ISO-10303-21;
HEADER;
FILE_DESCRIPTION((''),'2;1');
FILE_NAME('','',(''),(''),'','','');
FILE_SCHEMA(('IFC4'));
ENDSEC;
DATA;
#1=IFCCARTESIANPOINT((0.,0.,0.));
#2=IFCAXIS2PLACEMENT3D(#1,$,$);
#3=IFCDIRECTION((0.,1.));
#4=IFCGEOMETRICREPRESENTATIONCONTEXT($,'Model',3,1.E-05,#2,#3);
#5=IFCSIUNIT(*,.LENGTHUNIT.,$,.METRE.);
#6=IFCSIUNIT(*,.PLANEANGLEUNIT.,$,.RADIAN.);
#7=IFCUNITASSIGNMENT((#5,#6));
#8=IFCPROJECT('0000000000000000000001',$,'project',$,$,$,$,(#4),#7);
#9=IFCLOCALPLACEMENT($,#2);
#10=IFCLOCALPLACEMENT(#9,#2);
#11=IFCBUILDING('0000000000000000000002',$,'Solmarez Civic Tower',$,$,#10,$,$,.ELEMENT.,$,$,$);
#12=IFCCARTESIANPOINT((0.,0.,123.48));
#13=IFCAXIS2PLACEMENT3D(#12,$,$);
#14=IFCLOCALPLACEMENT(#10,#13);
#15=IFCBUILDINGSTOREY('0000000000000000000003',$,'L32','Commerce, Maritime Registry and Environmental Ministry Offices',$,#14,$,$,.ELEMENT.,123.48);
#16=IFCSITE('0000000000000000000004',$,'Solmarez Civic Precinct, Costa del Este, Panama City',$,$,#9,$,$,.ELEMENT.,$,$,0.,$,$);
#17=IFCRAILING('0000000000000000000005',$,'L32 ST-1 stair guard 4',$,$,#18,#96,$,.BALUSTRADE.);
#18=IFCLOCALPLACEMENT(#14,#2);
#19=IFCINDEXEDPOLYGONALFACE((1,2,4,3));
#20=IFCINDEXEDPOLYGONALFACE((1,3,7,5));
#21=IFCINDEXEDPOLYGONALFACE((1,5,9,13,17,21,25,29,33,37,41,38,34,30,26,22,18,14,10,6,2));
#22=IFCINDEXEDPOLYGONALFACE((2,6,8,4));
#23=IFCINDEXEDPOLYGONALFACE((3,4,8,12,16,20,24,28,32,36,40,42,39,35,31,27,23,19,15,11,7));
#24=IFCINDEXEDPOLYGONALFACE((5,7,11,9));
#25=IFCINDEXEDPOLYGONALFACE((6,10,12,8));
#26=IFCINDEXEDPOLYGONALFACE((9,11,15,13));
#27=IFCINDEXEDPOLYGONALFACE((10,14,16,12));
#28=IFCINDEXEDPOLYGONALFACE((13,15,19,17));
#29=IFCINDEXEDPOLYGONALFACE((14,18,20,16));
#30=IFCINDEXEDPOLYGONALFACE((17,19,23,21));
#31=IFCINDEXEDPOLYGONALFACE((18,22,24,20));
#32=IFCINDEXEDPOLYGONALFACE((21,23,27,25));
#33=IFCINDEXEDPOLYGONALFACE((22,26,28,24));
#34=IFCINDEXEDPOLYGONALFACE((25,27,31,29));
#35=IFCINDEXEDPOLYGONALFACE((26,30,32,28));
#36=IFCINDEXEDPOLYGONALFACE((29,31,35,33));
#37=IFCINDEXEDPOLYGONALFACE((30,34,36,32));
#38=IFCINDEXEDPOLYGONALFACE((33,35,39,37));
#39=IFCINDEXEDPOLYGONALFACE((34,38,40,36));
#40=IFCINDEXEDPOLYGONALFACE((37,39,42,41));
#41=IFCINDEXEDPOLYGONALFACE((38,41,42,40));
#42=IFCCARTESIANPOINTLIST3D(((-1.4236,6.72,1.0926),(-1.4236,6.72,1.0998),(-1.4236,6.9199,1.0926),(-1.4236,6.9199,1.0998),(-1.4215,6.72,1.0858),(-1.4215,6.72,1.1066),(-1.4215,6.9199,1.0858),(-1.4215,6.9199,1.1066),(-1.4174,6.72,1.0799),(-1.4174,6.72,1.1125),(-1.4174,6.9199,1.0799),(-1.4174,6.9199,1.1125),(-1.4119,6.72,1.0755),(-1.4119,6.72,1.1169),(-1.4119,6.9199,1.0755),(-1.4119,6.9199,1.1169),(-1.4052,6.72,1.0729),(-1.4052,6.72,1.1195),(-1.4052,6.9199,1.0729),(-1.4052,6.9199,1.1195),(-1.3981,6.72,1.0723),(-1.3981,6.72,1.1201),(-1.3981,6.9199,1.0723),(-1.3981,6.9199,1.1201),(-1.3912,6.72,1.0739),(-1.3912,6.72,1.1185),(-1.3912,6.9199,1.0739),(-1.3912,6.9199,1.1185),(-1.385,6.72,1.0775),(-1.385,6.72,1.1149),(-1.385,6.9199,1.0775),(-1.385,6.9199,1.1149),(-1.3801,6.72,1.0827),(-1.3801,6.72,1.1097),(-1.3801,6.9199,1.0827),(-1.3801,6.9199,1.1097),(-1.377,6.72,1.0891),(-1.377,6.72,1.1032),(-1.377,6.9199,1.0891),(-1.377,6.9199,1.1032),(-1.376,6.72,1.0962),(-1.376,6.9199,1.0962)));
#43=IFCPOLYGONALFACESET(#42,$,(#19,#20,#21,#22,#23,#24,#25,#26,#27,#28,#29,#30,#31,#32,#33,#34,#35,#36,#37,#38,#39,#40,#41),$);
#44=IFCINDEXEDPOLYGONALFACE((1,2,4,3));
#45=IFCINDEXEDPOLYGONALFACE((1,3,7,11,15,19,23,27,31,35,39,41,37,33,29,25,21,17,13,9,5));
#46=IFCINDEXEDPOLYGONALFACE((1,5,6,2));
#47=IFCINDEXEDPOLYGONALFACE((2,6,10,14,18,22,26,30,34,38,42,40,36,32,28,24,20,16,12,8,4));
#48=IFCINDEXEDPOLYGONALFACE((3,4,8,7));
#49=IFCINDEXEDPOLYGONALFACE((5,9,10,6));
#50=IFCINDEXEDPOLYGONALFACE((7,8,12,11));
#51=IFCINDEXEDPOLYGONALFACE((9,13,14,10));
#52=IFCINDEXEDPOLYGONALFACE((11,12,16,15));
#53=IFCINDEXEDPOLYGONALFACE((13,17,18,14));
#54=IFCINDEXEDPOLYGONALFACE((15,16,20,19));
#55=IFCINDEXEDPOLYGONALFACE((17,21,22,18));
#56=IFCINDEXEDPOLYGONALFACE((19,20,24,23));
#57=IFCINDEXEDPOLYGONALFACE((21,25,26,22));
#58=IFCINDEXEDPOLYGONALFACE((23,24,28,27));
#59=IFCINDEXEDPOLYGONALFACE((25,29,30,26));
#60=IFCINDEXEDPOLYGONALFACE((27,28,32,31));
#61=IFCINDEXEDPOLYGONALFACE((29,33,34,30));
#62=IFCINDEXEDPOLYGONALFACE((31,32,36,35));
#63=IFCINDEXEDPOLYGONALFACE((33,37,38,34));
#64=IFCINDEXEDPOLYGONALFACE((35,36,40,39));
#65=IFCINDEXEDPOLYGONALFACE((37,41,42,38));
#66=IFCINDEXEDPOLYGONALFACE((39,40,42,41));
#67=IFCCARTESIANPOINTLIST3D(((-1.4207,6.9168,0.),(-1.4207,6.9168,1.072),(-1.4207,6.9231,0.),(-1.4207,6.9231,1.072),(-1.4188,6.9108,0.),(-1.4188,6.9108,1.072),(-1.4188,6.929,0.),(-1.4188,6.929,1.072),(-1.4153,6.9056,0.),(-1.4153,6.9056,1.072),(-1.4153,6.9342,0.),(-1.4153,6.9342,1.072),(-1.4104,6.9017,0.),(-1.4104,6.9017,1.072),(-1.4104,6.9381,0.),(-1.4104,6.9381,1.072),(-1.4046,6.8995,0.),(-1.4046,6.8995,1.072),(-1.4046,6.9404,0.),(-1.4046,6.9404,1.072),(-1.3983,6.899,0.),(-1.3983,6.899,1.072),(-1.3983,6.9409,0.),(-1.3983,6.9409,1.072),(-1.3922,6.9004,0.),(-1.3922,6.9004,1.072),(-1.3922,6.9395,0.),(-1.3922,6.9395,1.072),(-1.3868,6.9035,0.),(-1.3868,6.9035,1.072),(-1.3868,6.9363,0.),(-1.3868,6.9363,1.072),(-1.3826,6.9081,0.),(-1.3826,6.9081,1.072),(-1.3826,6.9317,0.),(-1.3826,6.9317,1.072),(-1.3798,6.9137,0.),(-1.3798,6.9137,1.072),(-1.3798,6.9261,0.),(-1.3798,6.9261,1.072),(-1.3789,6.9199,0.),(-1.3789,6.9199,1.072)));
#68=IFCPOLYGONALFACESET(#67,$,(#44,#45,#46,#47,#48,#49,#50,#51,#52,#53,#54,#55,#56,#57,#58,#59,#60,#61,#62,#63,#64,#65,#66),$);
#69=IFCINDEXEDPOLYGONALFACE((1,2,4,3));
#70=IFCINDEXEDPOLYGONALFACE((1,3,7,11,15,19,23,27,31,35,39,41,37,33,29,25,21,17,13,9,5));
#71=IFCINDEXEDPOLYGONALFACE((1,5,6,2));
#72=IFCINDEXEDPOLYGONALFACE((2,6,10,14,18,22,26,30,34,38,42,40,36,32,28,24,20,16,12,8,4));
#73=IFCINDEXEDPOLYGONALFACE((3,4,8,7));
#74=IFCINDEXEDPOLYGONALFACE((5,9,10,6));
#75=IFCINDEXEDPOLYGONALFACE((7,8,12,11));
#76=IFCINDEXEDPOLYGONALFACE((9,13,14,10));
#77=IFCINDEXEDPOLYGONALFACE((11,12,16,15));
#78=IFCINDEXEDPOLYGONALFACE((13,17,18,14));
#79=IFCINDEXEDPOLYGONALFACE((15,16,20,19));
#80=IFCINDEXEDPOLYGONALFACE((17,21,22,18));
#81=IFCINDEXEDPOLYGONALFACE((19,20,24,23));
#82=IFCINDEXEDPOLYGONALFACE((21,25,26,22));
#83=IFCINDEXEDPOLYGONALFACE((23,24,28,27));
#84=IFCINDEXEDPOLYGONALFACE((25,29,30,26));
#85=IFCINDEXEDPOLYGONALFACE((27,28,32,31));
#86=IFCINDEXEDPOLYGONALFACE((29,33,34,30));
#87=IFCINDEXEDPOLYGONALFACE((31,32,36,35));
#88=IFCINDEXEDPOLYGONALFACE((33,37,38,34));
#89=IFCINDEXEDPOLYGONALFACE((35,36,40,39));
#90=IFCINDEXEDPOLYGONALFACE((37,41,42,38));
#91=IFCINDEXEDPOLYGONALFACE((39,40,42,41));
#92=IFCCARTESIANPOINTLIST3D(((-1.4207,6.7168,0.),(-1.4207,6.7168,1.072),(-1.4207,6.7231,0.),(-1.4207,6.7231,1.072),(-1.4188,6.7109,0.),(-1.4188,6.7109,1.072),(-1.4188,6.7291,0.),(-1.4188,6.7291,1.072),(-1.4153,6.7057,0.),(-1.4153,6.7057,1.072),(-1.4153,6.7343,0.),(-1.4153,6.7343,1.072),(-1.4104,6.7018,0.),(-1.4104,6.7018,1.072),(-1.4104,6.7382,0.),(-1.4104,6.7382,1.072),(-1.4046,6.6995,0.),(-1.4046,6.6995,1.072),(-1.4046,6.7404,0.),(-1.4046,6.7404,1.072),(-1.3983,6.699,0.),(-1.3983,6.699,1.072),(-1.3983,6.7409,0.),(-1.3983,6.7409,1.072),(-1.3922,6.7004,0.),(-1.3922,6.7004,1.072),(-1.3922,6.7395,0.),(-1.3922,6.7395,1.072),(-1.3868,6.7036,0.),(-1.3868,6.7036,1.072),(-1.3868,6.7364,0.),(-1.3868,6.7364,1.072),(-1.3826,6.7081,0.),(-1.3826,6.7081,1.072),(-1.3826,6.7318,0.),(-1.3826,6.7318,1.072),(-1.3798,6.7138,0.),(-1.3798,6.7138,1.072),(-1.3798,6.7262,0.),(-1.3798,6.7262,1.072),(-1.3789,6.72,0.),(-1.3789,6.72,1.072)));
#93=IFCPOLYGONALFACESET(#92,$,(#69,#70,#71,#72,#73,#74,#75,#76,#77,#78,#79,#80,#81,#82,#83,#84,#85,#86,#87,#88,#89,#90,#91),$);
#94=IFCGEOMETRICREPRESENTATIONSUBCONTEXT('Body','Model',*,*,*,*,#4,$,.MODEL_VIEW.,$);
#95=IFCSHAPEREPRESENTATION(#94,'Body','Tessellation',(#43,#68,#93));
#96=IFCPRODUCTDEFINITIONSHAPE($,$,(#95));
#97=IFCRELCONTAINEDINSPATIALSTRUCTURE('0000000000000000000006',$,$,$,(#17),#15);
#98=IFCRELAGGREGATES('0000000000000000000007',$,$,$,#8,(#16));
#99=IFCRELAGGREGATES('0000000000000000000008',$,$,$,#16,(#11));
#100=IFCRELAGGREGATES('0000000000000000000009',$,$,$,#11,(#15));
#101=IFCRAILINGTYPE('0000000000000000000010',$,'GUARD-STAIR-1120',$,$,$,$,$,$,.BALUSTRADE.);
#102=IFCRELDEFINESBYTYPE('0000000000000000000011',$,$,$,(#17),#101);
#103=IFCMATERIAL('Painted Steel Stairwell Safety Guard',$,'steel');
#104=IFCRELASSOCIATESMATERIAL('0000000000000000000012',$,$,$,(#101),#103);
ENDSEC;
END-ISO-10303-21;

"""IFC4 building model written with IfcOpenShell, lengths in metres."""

from ifc_helpers import new_model, si_unit, direction, frame, origin, origin_2d, place, context, subcontext, project, spatial, circle, extrude, material, type_object, element, save


model = new_model("IFC4")

# Units and contexts
model_context = context("Model", 3, precision=1e-05, world=origin(), true_north=direction((0.0, 1.0)))
body_context = subcontext(model_context, "Body", "Model", "MODEL_VIEW")
ifc_project = project(units=[si_unit("LENGTHUNIT", "METRE"), si_unit("PLANEANGLEUNIT", "RADIAN")], contexts=[model_context])

# Site, building, storey
site_placement = place(None, origin())
site = spatial("IfcSite", under=ifc_project, at=site_placement, Name="Solmarez Civic Precinct, Costa del Este, Panama City", CompositionType="ELEMENT", RefElevation=0.0)
building_placement = place(site_placement, origin())
building = spatial("IfcBuilding", under=site, at=building_placement, Name="Solmarez Civic Tower", CompositionType="ELEMENT")
storey_placement = place(building_placement, frame((0.0, 0.0, 123.48)))
storey = spatial("IfcBuildingStorey", under=building, at=storey_placement, Name="L32", Description="Commerce, Maritime Registry and Environmental Ministry Offices", CompositionType="ELEMENT", Elevation=123.48)

# Railing
ifc_material_1 = material(Name="Painted Steel Stairwell Safety Guard", Category="steel")
railing_type_1 = type_object("IfcRailingType", Name="GUARD-STAIR-1120", PredefinedType="BALUSTRADE", material=ifc_material_1)
railing_1_placement = place(storey_placement, frame((-1.3999, 6.9199, 0.0)))
element("IfcRailing", 1, at=railing_1_placement, inside=storey, type_object=railing_type_1, Name="L32 ST-1 stair guard 4", PredefinedType="BALUSTRADE", context=body_context, shape_type="SweptSolid", body=[
    extrude(circle(Radius=0.0239, at=origin_2d()), frame((0.0, 0.0, 1.0962), z_axis=(0.0, -1.0, 0.0), x_axis=(1.0, 0.0, 0.0)), (0.0, 0.0, 1.0), 0.2),
    extrude(circle(Radius=0.021, at=origin_2d()), origin(), (0.0, 0.0, 1.0), 1.072),
    extrude(circle(Radius=0.021, at=origin_2d()), frame((0.0, -0.2, 0.0)), (0.0, 0.0, 1.0), 1.072),
])

save(model, "model.ifc")
